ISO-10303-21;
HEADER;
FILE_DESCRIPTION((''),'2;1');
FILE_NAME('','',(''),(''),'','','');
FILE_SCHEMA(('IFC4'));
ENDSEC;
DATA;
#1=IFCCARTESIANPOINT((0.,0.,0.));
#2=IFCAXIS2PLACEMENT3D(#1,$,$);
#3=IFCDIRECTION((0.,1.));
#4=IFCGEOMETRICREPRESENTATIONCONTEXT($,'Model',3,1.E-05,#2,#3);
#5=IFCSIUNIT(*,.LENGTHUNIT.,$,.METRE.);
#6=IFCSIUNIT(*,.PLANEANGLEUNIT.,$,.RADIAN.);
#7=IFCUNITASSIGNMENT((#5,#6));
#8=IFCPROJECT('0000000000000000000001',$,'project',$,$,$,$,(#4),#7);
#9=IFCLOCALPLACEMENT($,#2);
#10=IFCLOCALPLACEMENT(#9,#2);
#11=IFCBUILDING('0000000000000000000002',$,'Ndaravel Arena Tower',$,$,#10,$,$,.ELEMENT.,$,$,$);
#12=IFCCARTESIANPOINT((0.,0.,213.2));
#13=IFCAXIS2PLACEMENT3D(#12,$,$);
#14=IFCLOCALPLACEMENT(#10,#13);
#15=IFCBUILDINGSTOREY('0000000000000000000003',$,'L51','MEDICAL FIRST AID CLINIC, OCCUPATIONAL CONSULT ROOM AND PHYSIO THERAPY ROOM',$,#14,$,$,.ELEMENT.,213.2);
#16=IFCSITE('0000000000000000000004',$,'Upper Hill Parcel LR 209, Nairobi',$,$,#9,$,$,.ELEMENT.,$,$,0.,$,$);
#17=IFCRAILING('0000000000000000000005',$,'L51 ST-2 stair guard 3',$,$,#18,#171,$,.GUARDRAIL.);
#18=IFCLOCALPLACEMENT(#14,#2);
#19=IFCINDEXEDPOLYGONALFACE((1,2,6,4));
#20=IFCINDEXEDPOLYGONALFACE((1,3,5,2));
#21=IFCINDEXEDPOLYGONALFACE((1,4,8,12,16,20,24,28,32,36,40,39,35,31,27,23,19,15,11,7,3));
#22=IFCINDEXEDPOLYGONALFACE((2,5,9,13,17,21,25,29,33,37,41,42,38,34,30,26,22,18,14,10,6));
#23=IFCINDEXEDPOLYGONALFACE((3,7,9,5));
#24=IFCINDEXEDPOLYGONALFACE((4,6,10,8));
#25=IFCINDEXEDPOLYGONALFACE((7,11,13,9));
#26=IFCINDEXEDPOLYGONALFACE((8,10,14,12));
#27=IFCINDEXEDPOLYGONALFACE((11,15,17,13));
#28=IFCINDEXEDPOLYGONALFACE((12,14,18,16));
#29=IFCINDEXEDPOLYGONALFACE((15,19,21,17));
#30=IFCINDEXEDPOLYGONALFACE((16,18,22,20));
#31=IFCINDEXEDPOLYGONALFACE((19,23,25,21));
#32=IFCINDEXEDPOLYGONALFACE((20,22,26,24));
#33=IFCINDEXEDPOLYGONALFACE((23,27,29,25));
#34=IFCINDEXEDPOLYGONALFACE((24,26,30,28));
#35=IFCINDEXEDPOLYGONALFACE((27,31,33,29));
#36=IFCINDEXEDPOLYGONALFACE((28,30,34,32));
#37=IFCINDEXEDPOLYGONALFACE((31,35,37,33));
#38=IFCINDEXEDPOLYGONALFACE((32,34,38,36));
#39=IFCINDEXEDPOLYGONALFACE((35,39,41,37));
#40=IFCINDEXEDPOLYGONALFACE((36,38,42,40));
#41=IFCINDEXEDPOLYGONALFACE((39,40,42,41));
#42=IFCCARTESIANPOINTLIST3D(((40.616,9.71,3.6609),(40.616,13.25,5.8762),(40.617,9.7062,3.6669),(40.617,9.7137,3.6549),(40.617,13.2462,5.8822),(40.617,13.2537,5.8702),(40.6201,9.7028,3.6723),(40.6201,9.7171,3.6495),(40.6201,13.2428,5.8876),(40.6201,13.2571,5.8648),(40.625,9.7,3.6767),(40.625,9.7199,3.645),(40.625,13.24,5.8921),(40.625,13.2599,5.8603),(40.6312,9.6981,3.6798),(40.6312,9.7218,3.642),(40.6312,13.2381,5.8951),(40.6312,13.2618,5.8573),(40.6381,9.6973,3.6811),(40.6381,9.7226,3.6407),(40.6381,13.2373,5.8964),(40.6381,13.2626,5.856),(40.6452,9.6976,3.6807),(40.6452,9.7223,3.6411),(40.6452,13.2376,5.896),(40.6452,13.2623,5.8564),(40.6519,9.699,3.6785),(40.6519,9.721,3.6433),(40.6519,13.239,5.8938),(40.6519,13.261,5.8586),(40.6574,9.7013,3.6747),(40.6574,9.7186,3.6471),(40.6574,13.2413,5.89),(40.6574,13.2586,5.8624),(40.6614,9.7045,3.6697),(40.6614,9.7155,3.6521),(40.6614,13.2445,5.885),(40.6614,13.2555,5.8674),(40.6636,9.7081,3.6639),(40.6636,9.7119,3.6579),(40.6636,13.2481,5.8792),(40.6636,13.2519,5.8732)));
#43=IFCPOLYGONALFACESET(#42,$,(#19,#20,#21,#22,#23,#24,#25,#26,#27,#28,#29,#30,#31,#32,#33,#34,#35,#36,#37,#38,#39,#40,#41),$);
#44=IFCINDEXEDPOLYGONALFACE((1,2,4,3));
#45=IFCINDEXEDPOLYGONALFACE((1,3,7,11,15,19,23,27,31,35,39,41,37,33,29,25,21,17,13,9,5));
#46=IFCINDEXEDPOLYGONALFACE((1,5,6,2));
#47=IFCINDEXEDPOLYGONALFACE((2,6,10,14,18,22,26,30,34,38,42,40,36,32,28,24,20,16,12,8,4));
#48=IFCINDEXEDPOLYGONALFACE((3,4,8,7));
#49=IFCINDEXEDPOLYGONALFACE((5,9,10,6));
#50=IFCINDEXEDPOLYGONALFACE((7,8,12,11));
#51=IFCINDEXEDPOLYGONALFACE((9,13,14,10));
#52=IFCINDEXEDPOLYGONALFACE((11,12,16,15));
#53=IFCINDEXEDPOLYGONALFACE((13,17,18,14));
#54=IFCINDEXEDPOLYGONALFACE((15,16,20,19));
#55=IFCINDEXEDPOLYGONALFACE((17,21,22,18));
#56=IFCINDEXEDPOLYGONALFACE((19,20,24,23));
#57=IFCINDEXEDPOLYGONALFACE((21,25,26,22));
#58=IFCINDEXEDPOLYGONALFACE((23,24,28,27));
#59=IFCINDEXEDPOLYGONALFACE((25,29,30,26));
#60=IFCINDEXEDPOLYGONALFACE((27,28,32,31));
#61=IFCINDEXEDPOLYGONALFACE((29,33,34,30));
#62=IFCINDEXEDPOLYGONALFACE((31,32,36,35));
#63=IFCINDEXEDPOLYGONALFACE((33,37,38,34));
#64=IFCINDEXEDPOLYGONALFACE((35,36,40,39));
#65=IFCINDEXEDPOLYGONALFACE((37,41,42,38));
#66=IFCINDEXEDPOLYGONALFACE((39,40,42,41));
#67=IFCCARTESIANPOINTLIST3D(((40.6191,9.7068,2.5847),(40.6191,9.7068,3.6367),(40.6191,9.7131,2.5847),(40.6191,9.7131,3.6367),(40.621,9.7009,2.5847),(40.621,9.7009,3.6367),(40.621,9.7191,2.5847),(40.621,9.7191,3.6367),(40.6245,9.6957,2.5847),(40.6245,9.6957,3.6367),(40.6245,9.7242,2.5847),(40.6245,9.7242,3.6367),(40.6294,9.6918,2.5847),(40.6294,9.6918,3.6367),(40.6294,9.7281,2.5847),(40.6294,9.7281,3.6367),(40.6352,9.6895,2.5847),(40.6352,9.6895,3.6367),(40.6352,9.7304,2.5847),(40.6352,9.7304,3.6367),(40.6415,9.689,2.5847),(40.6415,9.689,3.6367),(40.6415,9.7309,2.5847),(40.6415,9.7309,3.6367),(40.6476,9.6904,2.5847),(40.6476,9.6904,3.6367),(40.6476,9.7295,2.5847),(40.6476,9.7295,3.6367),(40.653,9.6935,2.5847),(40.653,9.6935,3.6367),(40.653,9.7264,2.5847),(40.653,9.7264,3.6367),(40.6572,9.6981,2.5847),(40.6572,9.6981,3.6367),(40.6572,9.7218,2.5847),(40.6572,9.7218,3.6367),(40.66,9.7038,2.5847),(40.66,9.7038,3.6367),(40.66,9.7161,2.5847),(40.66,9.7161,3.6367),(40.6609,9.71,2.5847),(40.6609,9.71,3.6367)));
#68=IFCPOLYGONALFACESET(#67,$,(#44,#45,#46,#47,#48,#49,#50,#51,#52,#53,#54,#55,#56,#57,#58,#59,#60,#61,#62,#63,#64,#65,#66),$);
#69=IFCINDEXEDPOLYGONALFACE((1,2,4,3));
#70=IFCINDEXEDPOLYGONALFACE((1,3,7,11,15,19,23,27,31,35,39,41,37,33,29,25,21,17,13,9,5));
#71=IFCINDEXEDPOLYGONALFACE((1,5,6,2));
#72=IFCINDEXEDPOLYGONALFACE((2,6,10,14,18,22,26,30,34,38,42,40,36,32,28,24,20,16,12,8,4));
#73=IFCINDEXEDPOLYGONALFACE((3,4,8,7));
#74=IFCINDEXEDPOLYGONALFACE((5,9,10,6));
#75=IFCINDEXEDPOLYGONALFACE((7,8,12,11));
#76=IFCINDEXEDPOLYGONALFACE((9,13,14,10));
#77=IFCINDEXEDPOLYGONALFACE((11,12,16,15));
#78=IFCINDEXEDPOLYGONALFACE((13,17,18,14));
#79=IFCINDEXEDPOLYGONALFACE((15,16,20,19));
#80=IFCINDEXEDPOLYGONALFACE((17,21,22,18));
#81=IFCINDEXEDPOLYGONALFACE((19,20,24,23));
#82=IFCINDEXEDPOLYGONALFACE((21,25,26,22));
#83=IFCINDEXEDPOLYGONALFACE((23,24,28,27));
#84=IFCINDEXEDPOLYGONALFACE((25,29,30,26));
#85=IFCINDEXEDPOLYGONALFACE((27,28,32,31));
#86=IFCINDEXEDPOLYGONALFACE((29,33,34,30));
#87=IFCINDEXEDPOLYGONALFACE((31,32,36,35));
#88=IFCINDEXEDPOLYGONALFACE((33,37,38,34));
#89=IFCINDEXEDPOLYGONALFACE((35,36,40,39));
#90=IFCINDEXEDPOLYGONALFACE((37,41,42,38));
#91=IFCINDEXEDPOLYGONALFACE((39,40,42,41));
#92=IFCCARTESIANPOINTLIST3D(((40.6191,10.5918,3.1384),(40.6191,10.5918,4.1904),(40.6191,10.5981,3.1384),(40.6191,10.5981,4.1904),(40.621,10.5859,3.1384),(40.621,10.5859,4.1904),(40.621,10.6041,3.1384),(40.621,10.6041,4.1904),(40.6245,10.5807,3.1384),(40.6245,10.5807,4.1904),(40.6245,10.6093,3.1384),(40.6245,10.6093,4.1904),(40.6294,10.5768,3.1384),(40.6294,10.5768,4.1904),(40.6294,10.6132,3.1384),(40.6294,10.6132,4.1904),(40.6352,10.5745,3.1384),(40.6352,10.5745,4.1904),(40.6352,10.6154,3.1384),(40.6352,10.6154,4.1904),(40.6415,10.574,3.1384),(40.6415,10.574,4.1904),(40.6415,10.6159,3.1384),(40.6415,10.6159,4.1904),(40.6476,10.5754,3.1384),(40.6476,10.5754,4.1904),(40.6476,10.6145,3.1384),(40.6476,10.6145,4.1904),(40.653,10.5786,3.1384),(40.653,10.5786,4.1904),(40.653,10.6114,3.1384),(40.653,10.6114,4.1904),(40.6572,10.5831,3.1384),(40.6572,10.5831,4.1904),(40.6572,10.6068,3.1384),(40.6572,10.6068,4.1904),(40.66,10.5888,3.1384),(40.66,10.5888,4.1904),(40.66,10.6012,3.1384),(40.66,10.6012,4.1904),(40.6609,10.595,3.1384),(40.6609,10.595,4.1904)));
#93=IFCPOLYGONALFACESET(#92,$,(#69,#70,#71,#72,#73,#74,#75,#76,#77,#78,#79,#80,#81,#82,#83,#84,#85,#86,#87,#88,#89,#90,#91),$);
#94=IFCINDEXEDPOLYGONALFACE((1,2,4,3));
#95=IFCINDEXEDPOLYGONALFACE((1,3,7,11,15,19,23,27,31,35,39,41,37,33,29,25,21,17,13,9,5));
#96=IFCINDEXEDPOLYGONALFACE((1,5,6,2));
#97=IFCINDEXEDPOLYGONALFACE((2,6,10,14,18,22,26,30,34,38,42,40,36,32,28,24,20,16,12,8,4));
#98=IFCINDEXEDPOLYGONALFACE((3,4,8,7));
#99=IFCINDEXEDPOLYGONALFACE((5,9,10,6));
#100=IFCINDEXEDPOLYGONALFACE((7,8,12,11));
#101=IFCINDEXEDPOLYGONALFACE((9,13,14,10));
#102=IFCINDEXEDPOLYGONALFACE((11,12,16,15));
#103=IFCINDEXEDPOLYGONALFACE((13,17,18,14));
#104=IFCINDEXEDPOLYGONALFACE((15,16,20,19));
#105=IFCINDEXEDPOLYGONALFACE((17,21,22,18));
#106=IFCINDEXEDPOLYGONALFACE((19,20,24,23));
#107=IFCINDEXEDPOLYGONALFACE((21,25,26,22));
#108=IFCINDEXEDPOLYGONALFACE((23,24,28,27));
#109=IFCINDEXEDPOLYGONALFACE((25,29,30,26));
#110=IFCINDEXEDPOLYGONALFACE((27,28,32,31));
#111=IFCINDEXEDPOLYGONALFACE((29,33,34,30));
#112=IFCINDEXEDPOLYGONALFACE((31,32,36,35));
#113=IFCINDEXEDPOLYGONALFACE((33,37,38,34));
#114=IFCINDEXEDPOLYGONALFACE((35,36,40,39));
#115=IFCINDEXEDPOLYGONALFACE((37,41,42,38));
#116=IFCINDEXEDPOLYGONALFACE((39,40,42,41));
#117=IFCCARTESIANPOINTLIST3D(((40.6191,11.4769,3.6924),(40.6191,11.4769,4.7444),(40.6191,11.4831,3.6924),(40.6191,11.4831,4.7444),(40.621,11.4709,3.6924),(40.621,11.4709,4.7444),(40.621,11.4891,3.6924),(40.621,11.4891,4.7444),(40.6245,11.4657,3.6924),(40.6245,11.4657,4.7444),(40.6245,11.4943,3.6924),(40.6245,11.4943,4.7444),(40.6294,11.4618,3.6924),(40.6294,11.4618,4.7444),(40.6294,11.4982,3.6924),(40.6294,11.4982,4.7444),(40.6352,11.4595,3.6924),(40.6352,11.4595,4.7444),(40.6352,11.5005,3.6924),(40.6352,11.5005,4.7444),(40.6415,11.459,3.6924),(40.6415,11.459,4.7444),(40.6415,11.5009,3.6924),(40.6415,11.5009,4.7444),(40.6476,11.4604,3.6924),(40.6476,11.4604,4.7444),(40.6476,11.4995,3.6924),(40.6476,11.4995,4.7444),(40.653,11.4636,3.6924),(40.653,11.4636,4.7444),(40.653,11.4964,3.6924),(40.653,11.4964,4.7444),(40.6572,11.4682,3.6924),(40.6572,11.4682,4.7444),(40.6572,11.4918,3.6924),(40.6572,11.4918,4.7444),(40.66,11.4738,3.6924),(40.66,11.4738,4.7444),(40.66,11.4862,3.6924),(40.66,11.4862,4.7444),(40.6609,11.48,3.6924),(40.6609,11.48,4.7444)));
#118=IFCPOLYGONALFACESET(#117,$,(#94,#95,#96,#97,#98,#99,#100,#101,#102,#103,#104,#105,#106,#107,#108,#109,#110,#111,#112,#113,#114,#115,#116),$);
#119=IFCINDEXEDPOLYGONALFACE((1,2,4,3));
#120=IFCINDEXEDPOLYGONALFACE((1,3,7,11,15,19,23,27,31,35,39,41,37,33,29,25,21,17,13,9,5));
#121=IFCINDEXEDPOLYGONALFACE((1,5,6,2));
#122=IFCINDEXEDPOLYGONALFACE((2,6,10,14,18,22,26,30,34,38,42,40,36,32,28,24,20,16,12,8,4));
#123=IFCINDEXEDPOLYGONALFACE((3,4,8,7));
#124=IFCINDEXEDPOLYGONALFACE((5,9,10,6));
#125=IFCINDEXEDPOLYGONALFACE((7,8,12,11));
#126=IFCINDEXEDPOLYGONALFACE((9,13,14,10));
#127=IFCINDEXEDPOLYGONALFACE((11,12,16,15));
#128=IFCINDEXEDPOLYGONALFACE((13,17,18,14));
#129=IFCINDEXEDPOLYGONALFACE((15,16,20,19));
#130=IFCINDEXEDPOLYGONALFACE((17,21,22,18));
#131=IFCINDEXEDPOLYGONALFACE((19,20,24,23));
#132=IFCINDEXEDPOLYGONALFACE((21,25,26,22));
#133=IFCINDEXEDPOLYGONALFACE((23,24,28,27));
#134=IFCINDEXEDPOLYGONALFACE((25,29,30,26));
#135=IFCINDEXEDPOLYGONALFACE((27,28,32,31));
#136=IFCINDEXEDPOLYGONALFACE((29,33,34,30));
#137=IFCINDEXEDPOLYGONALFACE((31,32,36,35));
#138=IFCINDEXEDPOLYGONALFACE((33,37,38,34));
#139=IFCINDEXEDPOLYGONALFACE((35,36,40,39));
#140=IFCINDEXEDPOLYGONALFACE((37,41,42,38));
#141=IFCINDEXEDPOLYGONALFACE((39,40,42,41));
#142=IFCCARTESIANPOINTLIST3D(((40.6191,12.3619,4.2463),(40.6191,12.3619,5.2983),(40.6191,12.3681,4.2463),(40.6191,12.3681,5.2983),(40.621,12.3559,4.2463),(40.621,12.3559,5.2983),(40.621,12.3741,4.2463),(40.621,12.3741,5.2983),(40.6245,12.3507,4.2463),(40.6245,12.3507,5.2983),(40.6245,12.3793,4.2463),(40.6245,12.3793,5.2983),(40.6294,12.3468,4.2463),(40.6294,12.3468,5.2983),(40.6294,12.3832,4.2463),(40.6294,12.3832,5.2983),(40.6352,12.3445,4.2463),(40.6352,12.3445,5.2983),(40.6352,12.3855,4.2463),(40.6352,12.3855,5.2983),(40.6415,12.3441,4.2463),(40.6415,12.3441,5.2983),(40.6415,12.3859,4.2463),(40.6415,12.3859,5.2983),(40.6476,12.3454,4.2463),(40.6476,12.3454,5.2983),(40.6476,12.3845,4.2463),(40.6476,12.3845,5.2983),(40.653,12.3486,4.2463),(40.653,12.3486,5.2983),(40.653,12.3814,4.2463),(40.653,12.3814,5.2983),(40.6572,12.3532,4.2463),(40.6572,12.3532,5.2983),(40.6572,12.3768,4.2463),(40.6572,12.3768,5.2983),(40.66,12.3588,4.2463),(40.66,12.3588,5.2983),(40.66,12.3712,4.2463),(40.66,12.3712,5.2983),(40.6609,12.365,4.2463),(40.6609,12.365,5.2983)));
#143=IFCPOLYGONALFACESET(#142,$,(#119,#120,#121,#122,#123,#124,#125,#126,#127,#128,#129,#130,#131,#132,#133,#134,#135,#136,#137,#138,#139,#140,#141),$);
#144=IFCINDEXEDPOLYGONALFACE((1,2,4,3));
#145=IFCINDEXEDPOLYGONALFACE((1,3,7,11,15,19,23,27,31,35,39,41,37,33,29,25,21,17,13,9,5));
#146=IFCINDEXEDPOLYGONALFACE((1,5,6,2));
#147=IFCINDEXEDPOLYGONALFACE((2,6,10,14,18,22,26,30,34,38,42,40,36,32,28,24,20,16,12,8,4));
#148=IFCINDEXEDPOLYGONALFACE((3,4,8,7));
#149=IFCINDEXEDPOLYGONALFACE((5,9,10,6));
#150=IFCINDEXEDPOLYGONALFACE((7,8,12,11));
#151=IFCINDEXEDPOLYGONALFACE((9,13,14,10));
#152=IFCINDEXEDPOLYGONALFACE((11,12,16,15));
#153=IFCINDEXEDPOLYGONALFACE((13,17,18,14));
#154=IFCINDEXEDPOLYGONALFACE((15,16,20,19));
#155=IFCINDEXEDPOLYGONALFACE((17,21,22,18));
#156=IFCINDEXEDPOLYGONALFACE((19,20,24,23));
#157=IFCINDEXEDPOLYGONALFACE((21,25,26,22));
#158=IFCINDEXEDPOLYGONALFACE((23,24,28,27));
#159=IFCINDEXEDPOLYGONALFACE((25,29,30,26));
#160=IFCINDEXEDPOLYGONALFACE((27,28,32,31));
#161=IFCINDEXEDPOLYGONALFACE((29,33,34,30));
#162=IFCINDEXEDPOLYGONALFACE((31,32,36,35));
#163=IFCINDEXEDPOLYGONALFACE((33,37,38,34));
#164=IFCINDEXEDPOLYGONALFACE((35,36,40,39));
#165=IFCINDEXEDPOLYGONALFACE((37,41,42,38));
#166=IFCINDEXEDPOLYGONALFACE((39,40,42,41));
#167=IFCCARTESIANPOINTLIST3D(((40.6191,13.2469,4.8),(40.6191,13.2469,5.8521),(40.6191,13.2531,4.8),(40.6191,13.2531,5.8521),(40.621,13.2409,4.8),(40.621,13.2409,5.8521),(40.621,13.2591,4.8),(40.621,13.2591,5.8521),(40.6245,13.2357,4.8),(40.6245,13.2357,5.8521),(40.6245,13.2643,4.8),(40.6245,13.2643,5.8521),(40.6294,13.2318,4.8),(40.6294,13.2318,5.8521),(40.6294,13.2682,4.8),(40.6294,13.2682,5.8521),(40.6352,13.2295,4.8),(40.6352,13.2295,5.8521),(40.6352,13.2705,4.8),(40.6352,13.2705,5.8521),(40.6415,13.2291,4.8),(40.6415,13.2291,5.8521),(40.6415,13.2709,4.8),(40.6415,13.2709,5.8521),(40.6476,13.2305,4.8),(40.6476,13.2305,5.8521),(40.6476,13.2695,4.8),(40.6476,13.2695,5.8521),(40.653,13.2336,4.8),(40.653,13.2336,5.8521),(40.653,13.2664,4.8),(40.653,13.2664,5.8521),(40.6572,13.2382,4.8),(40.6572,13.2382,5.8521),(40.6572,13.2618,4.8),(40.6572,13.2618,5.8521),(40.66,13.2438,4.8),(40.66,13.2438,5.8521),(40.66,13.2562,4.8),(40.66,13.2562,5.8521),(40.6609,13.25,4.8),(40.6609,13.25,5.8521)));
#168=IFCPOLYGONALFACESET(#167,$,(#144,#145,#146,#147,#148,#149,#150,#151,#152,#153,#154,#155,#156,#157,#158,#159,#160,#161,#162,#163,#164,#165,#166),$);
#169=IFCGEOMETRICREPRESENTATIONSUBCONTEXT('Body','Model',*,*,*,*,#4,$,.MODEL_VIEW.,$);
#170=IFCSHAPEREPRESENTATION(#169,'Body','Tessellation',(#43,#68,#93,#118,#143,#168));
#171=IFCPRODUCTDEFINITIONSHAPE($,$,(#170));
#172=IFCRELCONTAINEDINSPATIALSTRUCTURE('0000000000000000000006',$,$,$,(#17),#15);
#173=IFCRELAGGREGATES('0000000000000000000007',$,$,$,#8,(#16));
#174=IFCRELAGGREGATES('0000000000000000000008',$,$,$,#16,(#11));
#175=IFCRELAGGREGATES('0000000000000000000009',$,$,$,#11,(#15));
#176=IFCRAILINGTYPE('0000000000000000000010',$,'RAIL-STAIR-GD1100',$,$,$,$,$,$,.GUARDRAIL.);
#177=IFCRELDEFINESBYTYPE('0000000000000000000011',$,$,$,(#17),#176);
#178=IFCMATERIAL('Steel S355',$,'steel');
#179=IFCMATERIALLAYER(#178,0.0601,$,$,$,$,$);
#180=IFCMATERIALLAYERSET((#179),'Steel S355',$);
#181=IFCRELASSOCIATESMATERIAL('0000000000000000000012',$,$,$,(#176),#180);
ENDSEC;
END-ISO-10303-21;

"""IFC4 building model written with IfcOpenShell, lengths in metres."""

from ifc_helpers import new_model, si_unit, direction, frame, origin, origin_2d, place, context, subcontext, project, spatial, circle, extrude, material, layer, layer_set, type_object, element, save


model = new_model("IFC4")

# Units and contexts
model_context = context("Model", 3, precision=1e-05, world=origin(), true_north=direction((0.0, 1.0)))
body_context = subcontext(model_context, "Body", "Model", "MODEL_VIEW")
ifc_project = project(units=[si_unit("LENGTHUNIT", "METRE"), si_unit("PLANEANGLEUNIT", "RADIAN")], contexts=[model_context])

# Site, building, storey
site_placement = place(None, origin())
site = spatial("IfcSite", under=ifc_project, at=site_placement, Name="Upper Hill Parcel LR 209, Nairobi", CompositionType="ELEMENT", RefElevation=0.0)
building_placement = place(site_placement, origin())
building = spatial("IfcBuilding", under=site, at=building_placement, Name="Ndaravel Arena Tower", CompositionType="ELEMENT")
storey_placement = place(building_placement, frame((0.0, 0.0, 213.2)))
storey = spatial("IfcBuildingStorey", under=building, at=storey_placement, Name="L51", Description="MEDICAL FIRST AID CLINIC, OCCUPATIONAL CONSULT ROOM AND PHYSIO THERAPY ROOM", CompositionType="ELEMENT", Elevation=213.2)

# Railing
ifc_material_1 = material(Name="Steel S355", Category="steel")
ifc_layer_1 = layer(ifc_material_1, 0.0601)
ifc_layer_set_1 = layer_set([ifc_layer_1], Name="Steel S355")
railing_type_1 = type_object("IfcRailingType", Name="RAIL-STAIR-GD1100", PredefinedType="GUARDRAIL", material=ifc_layer_set_1)
railing_1_placement = place(storey_placement, frame((40.6399, 9.71, 2.5847)))
element("IfcRailing", 1, at=railing_1_placement, inside=storey, type_object=railing_type_1, Name="L51 ST-2 stair guard 3", PredefinedType="GUARDRAIL", context=body_context, shape_type="SweptSolid", body=[
    extrude(circle(Radius=0.0239, at=origin_2d()), frame((0.0, 0.0, 1.0762), z_axis=(0.0, 0.847696, 0.530482), x_axis=(-1.0, 0.0, 0.0)), (0.0, 0.0, 1.0), 4.176),
    extrude(circle(Radius=0.021, at=origin_2d()), origin(), (0.0, 0.0, 1.0), 1.052),
    extrude(circle(Radius=0.021, at=origin_2d()), frame((0.0, 0.885, 0.5537)), (0.0, 0.0, 1.0), 1.052),
    extrude(circle(Radius=0.021, at=origin_2d()), frame((0.0, 1.77, 1.1077)), (0.0, 0.0, 1.0), 1.052),
    extrude(circle(Radius=0.021, at=origin_2d()), frame((0.0, 2.655, 1.6616)), (0.0, 0.0, 1.0), 1.052),
    extrude(circle(Radius=0.021, at=origin_2d()), frame((0.0, 3.54, 2.2153)), (0.0, 0.0, 1.0), 1.052),
])

save(model, "model.ifc")
